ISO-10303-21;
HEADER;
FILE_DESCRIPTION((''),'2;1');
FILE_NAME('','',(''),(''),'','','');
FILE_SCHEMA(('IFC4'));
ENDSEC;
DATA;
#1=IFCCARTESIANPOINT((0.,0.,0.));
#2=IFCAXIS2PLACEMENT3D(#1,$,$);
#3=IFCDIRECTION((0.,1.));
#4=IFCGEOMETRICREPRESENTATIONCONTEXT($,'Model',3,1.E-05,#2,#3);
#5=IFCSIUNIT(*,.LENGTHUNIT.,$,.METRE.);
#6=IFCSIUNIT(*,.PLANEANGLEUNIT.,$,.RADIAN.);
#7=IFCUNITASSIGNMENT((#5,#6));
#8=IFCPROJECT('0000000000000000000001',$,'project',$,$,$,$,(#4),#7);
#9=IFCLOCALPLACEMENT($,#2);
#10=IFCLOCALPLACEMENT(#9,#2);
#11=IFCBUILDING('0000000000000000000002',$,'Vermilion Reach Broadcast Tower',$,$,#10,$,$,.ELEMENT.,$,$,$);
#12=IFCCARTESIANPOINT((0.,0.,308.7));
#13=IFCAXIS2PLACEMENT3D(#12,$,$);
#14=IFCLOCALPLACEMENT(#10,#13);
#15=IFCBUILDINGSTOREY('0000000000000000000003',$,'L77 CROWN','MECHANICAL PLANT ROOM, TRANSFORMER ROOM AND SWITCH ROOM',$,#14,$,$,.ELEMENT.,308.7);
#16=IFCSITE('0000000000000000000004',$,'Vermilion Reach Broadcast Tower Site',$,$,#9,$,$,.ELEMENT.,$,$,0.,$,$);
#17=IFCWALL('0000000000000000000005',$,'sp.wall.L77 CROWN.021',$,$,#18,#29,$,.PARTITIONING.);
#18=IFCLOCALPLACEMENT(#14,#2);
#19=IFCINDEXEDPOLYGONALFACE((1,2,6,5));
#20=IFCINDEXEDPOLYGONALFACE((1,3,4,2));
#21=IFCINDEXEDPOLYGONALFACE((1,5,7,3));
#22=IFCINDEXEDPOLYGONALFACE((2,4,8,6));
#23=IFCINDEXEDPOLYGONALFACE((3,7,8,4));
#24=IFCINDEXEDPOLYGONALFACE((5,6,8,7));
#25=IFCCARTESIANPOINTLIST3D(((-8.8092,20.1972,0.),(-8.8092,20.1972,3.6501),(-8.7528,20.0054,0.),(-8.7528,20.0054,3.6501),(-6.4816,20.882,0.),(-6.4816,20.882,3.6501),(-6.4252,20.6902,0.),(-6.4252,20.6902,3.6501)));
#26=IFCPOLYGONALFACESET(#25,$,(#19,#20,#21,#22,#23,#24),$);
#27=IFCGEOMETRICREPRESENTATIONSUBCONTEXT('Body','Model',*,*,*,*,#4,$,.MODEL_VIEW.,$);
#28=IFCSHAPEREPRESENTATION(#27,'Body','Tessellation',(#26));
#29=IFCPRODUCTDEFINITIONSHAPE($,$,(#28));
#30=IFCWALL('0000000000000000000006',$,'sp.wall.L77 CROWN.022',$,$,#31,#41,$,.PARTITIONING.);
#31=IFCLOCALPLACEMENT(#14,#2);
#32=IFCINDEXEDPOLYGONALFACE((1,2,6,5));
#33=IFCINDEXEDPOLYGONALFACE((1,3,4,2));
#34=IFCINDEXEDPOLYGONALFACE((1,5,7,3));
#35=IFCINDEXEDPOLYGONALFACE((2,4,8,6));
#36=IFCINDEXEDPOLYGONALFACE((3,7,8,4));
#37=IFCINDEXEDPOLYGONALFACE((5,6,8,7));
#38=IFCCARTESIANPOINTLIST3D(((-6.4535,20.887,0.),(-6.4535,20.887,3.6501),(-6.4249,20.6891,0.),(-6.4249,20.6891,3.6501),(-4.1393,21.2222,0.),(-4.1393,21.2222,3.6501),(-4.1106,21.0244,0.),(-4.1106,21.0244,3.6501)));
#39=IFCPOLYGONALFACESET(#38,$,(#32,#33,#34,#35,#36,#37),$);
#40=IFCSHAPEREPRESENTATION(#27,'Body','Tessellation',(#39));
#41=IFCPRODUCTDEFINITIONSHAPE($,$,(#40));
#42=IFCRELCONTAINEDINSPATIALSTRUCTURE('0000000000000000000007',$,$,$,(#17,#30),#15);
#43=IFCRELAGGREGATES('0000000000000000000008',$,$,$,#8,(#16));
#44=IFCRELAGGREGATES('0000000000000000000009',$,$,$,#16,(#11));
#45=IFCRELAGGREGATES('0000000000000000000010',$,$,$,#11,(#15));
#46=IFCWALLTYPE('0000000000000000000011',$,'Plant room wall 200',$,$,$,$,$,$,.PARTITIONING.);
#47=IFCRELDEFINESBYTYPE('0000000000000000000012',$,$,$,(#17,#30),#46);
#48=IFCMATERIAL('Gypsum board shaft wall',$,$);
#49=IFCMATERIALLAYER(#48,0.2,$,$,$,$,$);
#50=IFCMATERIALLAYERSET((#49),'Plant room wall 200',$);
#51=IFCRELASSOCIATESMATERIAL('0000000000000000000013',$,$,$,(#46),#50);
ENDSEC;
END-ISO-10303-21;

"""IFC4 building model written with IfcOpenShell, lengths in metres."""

from ifc_helpers import new_model, si_unit, direction, frame, frame_2d, origin, place, context, subcontext, project, spatial, rectangle, extrude, material, layer, layer_set, type_object, element, save


model = new_model("IFC4")

# Units and contexts
model_context = context("Model", 3, precision=1e-05, world=origin(), true_north=direction((0.0, 1.0)))
body_context = subcontext(model_context, "Body", "Model", "MODEL_VIEW")
ifc_project = project(units=[si_unit("LENGTHUNIT", "METRE"), si_unit("PLANEANGLEUNIT", "RADIAN")], contexts=[model_context])

# Site, building, storey
site_placement = place(None, origin())
site = spatial("IfcSite", under=ifc_project, at=site_placement, Name="Vermilion Reach Broadcast Tower Site", CompositionType="ELEMENT", RefElevation=0.0)
building_placement = place(site_placement, origin())
building = spatial("IfcBuilding", under=site, at=building_placement, Name="Vermilion Reach Broadcast Tower", CompositionType="ELEMENT")
storey_placement = place(building_placement, frame((0.0, 0.0, 308.7)))
storey = spatial("IfcBuildingStorey", under=building, at=storey_placement, Name="L77 CROWN", Description="MECHANICAL PLANT ROOM, TRANSFORMER ROOM AND SWITCH ROOM", CompositionType="ELEMENT", Elevation=308.7)

# Shared definitions
ifc_material_1 = material(Name="Gypsum board shaft wall")
ifc_layer_1 = layer(ifc_material_1, 0.2)
ifc_layer_set_1 = layer_set([ifc_layer_1], Name="Plant room wall 200")
wall_type_1 = type_object("IfcWallType", Name="Plant room wall 200", PredefinedType="PARTITIONING", material=ifc_layer_set_1)

# Walls
wall_1_placement = place(storey_placement, frame((-8.781, 20.1013, 0.0), z_axis=(0.0, 0.0, 1.0), x_axis=(0.959341, 0.282248, 0.0)))
element("IfcWall", 1, at=wall_1_placement, inside=storey, type_object=wall_type_1, Name="sp.wall.L77 CROWN.021", PredefinedType="PARTITIONING", context=body_context, shape_type="SweptSolid", body=[
    extrude(rectangle(XDim=2.4263, YDim=0.2, at=frame_2d((1.2131, 0.0))), origin(), (0.0, 0.0, 1.0), 3.6501),
])
wall_2_placement = place(storey_placement, frame((-6.4392, 20.7881, 0.0), z_axis=(0.0, 0.0, 1.0), x_axis=(0.989672, 0.143351, 0.0)))
element("IfcWall", 2, at=wall_2_placement, inside=storey, type_object=wall_type_1, Name="sp.wall.L77 CROWN.022", PredefinedType="PARTITIONING", context=body_context, shape_type="SweptSolid", body=[
    extrude(rectangle(XDim=2.3384, YDim=0.2, at=frame_2d((1.1692, 0.0))), origin(), (0.0, 0.0, 1.0), 3.6501),
])

save(model, "model.ifc")
